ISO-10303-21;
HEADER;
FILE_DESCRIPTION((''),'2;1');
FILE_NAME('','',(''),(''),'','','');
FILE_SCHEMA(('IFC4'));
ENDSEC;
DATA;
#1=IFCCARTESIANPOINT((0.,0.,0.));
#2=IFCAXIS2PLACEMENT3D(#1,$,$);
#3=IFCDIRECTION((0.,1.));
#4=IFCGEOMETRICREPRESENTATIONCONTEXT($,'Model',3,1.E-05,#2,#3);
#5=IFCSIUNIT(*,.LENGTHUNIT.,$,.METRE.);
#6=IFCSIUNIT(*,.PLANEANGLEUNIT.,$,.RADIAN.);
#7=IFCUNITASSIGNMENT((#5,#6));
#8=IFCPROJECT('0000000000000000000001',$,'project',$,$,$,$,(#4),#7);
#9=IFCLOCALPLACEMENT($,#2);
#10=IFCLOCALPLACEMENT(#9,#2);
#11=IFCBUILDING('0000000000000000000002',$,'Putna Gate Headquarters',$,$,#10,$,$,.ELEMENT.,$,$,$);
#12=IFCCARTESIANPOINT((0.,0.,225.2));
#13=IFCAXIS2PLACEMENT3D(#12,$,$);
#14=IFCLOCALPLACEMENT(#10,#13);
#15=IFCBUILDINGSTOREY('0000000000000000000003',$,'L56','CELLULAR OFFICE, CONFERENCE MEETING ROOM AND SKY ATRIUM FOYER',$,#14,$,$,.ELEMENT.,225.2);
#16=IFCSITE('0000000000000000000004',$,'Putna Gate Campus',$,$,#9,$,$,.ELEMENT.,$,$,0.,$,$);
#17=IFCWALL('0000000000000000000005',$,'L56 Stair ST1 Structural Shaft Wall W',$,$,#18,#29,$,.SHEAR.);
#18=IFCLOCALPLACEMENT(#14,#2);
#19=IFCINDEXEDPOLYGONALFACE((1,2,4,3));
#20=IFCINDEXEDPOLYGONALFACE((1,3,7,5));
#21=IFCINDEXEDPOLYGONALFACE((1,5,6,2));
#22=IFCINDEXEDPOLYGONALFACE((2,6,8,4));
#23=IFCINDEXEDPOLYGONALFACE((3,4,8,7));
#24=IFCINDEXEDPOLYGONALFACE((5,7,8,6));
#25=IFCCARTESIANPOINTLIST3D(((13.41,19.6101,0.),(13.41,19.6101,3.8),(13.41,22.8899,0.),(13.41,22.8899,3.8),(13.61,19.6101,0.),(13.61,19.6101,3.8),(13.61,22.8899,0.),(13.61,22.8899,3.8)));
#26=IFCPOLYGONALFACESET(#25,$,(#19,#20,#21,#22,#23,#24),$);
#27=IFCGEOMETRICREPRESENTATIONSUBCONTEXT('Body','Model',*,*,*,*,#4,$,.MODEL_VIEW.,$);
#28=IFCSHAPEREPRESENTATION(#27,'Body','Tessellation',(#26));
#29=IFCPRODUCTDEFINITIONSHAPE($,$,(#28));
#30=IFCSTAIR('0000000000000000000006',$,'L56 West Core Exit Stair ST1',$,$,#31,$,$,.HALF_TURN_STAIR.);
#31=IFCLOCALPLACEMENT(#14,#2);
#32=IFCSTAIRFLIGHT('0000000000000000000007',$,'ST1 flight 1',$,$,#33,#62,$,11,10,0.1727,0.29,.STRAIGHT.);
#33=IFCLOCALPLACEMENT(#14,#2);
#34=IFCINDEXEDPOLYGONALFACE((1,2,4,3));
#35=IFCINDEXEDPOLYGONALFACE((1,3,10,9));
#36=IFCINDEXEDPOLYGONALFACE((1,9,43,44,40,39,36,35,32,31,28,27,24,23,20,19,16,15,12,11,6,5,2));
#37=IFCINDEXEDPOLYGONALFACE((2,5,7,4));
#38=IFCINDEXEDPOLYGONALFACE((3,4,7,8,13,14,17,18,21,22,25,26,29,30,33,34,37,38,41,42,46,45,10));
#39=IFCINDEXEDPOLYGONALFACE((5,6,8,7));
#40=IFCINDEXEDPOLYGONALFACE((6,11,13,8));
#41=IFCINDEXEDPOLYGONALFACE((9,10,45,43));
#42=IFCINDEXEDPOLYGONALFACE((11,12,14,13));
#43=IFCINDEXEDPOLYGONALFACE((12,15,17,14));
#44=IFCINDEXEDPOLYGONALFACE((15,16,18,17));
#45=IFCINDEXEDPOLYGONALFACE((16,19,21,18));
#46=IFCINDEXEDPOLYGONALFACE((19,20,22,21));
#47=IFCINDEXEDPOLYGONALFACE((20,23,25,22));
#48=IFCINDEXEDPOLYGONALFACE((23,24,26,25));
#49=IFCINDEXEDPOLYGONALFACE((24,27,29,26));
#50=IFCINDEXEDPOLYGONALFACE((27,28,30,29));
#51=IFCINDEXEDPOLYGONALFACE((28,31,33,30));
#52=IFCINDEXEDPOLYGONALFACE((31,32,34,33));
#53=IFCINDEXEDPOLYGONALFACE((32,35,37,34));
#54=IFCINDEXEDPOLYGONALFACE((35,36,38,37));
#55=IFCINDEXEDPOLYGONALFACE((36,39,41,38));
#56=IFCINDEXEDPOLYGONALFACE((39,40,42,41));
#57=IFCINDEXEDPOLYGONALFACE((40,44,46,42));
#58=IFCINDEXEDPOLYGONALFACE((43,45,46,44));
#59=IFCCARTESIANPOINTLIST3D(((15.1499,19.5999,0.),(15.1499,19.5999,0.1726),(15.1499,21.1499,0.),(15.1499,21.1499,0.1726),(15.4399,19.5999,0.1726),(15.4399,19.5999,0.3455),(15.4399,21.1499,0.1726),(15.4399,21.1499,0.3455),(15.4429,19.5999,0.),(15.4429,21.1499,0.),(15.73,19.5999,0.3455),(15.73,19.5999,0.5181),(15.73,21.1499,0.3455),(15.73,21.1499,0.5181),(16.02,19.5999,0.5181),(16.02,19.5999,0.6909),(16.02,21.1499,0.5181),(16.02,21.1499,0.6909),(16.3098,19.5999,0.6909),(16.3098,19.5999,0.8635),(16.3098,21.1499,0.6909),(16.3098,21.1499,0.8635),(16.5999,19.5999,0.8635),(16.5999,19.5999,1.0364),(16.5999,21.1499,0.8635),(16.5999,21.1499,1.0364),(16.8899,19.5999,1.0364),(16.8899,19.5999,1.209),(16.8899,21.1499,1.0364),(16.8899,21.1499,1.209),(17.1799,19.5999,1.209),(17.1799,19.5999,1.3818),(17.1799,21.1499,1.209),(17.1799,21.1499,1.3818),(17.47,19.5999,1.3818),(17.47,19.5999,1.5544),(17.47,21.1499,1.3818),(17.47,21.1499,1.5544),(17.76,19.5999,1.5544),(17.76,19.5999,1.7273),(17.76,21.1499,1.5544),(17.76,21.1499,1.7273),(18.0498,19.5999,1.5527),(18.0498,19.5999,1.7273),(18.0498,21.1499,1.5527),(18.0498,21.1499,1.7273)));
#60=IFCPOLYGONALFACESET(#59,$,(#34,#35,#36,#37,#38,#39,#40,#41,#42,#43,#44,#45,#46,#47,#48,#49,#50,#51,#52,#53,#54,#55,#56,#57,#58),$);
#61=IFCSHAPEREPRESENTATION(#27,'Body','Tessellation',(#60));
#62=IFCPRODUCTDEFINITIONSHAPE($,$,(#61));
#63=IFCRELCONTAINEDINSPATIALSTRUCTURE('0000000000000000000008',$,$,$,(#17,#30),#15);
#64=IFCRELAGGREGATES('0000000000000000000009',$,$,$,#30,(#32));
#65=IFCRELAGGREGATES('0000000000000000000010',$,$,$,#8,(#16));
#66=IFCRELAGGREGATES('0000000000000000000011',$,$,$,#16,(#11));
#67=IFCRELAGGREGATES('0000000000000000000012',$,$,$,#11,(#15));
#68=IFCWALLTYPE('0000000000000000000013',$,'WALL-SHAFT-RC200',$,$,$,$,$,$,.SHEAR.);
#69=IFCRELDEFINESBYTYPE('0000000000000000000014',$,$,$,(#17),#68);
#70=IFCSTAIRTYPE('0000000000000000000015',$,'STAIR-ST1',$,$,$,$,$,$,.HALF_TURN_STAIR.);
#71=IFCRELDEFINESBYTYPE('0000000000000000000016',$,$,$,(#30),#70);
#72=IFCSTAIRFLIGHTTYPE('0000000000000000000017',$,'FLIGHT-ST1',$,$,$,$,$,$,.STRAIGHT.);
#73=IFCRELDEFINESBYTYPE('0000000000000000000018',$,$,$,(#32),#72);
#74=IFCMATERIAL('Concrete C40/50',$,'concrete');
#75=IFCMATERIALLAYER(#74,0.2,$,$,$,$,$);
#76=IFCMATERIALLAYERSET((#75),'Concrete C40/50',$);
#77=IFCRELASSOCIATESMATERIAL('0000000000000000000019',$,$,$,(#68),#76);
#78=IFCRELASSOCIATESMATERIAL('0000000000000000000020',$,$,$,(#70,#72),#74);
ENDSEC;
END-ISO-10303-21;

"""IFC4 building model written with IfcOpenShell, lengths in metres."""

from ifc_helpers import new_model, si_unit, direction, frame, frame_2d, origin, place, context, subcontext, project, spatial, polyline, rectangle, outline, extrude, material, layer, layer_set, type_object, element, aggregate, save


model = new_model("IFC4")

# Units and contexts
model_context = context("Model", 3, precision=1e-05, world=origin(), true_north=direction((0.0, 1.0)))
body_context = subcontext(model_context, "Body", "Model", "MODEL_VIEW")
ifc_project = project(units=[si_unit("LENGTHUNIT", "METRE"), si_unit("PLANEANGLEUNIT", "RADIAN")], contexts=[model_context])

# Site, building, storey
site_placement = place(None, origin())
site = spatial("IfcSite", under=ifc_project, at=site_placement, Name="Putna Gate Campus", CompositionType="ELEMENT", RefElevation=0.0)
building_placement = place(site_placement, origin())
building = spatial("IfcBuilding", under=site, at=building_placement, Name="Putna Gate Headquarters", CompositionType="ELEMENT")
storey_placement = place(building_placement, frame((0.0, 0.0, 225.2)))
storey = spatial("IfcBuildingStorey", under=building, at=storey_placement, Name="L56", Description="CELLULAR OFFICE, CONFERENCE MEETING ROOM AND SKY ATRIUM FOYER", CompositionType="ELEMENT", Elevation=225.2)

# Wall
ifc_material_1 = material(Name="Concrete C40/50", Category="concrete")
ifc_layer_1 = layer(ifc_material_1, 0.2)
ifc_layer_set_1 = layer_set([ifc_layer_1], Name="Concrete C40/50")
wall_type_1 = type_object("IfcWallType", Name="WALL-SHAFT-RC200", PredefinedType="SHEAR", material=ifc_layer_set_1)
wall_1_placement = place(storey_placement, frame((13.51, 19.6101, 0.0), z_axis=(0.0, 0.0, 1.0), x_axis=(0.0, 1.0, 0.0)))
element("IfcWall", 1, at=wall_1_placement, inside=storey, type_object=wall_type_1, Name="L56 Stair ST1 Structural Shaft Wall W", PredefinedType="SHEAR", context=body_context, shape_type="SweptSolid", body=[
    extrude(rectangle(XDim=3.2798, YDim=0.2, at=frame_2d((1.6399, 0.0))), origin(), (0.0, 0.0, 1.0), 3.8),
])

# Stair, stair flight
stair_type = type_object("IfcStairType", Name="STAIR-ST1", PredefinedType="HALF_TURN_STAIR", material=ifc_material_1)
stair_placement = place(storey_placement, origin())
stair = element("IfcStair", 2, at=stair_placement, inside=storey, type_object=stair_type, Name="L56 West Core Exit Stair ST1", PredefinedType="HALF_TURN_STAIR")
stair_flight_type = type_object("IfcStairFlightType", Name="FLIGHT-ST1", PredefinedType="STRAIGHT", material=ifc_material_1)
stair_flight_placement = place(storey_placement, frame((15.1499, 20.375, 0.0), z_axis=(0.0, 0.0, 1.0), x_axis=(1.0, 0.0, 0.0)))
stair_flight = element("IfcStairFlight", 3, at=stair_flight_placement, type_object=stair_flight_type, Name="ST1 flight 1", NumberOfRisers=11, NumberOfTreads=10, PredefinedType="STRAIGHT", RiserHeight=0.1727, TreadLength=0.29, context=body_context, shape_type="SweptSolid", body=[
    extrude(outline(polyline([(0.0, 0.0), (0.0, 0.1726), (0.29, 0.1726), (0.29, 0.3455), (0.5801, 0.3455), (0.5801, 0.5181), (0.8701, 0.5181), (0.8701, 0.6909), (1.1599, 0.6909), (1.1599, 0.8635), (1.45, 0.8635), (1.45, 1.0364), (1.74, 1.0364), (1.74, 1.209), (2.03, 1.209), (2.03, 1.3818), (2.3201, 1.3818), (2.3201, 1.5544), (2.6101, 1.5544), (2.6101, 1.7273), (2.8999, 1.7273), (2.8999, 1.8999), (2.8999, 1.5527), (0.293, 0.0), (0.0, 0.0)])), frame((0.0, 0.7749, 0.0), z_axis=(0.0, -1.0, 0.0), x_axis=(1.0, 0.0, 0.0)), (0.0, 0.0, 1.0), 1.55),
])
aggregate(stair, [stair_flight])

save(model, "model.ifc")
